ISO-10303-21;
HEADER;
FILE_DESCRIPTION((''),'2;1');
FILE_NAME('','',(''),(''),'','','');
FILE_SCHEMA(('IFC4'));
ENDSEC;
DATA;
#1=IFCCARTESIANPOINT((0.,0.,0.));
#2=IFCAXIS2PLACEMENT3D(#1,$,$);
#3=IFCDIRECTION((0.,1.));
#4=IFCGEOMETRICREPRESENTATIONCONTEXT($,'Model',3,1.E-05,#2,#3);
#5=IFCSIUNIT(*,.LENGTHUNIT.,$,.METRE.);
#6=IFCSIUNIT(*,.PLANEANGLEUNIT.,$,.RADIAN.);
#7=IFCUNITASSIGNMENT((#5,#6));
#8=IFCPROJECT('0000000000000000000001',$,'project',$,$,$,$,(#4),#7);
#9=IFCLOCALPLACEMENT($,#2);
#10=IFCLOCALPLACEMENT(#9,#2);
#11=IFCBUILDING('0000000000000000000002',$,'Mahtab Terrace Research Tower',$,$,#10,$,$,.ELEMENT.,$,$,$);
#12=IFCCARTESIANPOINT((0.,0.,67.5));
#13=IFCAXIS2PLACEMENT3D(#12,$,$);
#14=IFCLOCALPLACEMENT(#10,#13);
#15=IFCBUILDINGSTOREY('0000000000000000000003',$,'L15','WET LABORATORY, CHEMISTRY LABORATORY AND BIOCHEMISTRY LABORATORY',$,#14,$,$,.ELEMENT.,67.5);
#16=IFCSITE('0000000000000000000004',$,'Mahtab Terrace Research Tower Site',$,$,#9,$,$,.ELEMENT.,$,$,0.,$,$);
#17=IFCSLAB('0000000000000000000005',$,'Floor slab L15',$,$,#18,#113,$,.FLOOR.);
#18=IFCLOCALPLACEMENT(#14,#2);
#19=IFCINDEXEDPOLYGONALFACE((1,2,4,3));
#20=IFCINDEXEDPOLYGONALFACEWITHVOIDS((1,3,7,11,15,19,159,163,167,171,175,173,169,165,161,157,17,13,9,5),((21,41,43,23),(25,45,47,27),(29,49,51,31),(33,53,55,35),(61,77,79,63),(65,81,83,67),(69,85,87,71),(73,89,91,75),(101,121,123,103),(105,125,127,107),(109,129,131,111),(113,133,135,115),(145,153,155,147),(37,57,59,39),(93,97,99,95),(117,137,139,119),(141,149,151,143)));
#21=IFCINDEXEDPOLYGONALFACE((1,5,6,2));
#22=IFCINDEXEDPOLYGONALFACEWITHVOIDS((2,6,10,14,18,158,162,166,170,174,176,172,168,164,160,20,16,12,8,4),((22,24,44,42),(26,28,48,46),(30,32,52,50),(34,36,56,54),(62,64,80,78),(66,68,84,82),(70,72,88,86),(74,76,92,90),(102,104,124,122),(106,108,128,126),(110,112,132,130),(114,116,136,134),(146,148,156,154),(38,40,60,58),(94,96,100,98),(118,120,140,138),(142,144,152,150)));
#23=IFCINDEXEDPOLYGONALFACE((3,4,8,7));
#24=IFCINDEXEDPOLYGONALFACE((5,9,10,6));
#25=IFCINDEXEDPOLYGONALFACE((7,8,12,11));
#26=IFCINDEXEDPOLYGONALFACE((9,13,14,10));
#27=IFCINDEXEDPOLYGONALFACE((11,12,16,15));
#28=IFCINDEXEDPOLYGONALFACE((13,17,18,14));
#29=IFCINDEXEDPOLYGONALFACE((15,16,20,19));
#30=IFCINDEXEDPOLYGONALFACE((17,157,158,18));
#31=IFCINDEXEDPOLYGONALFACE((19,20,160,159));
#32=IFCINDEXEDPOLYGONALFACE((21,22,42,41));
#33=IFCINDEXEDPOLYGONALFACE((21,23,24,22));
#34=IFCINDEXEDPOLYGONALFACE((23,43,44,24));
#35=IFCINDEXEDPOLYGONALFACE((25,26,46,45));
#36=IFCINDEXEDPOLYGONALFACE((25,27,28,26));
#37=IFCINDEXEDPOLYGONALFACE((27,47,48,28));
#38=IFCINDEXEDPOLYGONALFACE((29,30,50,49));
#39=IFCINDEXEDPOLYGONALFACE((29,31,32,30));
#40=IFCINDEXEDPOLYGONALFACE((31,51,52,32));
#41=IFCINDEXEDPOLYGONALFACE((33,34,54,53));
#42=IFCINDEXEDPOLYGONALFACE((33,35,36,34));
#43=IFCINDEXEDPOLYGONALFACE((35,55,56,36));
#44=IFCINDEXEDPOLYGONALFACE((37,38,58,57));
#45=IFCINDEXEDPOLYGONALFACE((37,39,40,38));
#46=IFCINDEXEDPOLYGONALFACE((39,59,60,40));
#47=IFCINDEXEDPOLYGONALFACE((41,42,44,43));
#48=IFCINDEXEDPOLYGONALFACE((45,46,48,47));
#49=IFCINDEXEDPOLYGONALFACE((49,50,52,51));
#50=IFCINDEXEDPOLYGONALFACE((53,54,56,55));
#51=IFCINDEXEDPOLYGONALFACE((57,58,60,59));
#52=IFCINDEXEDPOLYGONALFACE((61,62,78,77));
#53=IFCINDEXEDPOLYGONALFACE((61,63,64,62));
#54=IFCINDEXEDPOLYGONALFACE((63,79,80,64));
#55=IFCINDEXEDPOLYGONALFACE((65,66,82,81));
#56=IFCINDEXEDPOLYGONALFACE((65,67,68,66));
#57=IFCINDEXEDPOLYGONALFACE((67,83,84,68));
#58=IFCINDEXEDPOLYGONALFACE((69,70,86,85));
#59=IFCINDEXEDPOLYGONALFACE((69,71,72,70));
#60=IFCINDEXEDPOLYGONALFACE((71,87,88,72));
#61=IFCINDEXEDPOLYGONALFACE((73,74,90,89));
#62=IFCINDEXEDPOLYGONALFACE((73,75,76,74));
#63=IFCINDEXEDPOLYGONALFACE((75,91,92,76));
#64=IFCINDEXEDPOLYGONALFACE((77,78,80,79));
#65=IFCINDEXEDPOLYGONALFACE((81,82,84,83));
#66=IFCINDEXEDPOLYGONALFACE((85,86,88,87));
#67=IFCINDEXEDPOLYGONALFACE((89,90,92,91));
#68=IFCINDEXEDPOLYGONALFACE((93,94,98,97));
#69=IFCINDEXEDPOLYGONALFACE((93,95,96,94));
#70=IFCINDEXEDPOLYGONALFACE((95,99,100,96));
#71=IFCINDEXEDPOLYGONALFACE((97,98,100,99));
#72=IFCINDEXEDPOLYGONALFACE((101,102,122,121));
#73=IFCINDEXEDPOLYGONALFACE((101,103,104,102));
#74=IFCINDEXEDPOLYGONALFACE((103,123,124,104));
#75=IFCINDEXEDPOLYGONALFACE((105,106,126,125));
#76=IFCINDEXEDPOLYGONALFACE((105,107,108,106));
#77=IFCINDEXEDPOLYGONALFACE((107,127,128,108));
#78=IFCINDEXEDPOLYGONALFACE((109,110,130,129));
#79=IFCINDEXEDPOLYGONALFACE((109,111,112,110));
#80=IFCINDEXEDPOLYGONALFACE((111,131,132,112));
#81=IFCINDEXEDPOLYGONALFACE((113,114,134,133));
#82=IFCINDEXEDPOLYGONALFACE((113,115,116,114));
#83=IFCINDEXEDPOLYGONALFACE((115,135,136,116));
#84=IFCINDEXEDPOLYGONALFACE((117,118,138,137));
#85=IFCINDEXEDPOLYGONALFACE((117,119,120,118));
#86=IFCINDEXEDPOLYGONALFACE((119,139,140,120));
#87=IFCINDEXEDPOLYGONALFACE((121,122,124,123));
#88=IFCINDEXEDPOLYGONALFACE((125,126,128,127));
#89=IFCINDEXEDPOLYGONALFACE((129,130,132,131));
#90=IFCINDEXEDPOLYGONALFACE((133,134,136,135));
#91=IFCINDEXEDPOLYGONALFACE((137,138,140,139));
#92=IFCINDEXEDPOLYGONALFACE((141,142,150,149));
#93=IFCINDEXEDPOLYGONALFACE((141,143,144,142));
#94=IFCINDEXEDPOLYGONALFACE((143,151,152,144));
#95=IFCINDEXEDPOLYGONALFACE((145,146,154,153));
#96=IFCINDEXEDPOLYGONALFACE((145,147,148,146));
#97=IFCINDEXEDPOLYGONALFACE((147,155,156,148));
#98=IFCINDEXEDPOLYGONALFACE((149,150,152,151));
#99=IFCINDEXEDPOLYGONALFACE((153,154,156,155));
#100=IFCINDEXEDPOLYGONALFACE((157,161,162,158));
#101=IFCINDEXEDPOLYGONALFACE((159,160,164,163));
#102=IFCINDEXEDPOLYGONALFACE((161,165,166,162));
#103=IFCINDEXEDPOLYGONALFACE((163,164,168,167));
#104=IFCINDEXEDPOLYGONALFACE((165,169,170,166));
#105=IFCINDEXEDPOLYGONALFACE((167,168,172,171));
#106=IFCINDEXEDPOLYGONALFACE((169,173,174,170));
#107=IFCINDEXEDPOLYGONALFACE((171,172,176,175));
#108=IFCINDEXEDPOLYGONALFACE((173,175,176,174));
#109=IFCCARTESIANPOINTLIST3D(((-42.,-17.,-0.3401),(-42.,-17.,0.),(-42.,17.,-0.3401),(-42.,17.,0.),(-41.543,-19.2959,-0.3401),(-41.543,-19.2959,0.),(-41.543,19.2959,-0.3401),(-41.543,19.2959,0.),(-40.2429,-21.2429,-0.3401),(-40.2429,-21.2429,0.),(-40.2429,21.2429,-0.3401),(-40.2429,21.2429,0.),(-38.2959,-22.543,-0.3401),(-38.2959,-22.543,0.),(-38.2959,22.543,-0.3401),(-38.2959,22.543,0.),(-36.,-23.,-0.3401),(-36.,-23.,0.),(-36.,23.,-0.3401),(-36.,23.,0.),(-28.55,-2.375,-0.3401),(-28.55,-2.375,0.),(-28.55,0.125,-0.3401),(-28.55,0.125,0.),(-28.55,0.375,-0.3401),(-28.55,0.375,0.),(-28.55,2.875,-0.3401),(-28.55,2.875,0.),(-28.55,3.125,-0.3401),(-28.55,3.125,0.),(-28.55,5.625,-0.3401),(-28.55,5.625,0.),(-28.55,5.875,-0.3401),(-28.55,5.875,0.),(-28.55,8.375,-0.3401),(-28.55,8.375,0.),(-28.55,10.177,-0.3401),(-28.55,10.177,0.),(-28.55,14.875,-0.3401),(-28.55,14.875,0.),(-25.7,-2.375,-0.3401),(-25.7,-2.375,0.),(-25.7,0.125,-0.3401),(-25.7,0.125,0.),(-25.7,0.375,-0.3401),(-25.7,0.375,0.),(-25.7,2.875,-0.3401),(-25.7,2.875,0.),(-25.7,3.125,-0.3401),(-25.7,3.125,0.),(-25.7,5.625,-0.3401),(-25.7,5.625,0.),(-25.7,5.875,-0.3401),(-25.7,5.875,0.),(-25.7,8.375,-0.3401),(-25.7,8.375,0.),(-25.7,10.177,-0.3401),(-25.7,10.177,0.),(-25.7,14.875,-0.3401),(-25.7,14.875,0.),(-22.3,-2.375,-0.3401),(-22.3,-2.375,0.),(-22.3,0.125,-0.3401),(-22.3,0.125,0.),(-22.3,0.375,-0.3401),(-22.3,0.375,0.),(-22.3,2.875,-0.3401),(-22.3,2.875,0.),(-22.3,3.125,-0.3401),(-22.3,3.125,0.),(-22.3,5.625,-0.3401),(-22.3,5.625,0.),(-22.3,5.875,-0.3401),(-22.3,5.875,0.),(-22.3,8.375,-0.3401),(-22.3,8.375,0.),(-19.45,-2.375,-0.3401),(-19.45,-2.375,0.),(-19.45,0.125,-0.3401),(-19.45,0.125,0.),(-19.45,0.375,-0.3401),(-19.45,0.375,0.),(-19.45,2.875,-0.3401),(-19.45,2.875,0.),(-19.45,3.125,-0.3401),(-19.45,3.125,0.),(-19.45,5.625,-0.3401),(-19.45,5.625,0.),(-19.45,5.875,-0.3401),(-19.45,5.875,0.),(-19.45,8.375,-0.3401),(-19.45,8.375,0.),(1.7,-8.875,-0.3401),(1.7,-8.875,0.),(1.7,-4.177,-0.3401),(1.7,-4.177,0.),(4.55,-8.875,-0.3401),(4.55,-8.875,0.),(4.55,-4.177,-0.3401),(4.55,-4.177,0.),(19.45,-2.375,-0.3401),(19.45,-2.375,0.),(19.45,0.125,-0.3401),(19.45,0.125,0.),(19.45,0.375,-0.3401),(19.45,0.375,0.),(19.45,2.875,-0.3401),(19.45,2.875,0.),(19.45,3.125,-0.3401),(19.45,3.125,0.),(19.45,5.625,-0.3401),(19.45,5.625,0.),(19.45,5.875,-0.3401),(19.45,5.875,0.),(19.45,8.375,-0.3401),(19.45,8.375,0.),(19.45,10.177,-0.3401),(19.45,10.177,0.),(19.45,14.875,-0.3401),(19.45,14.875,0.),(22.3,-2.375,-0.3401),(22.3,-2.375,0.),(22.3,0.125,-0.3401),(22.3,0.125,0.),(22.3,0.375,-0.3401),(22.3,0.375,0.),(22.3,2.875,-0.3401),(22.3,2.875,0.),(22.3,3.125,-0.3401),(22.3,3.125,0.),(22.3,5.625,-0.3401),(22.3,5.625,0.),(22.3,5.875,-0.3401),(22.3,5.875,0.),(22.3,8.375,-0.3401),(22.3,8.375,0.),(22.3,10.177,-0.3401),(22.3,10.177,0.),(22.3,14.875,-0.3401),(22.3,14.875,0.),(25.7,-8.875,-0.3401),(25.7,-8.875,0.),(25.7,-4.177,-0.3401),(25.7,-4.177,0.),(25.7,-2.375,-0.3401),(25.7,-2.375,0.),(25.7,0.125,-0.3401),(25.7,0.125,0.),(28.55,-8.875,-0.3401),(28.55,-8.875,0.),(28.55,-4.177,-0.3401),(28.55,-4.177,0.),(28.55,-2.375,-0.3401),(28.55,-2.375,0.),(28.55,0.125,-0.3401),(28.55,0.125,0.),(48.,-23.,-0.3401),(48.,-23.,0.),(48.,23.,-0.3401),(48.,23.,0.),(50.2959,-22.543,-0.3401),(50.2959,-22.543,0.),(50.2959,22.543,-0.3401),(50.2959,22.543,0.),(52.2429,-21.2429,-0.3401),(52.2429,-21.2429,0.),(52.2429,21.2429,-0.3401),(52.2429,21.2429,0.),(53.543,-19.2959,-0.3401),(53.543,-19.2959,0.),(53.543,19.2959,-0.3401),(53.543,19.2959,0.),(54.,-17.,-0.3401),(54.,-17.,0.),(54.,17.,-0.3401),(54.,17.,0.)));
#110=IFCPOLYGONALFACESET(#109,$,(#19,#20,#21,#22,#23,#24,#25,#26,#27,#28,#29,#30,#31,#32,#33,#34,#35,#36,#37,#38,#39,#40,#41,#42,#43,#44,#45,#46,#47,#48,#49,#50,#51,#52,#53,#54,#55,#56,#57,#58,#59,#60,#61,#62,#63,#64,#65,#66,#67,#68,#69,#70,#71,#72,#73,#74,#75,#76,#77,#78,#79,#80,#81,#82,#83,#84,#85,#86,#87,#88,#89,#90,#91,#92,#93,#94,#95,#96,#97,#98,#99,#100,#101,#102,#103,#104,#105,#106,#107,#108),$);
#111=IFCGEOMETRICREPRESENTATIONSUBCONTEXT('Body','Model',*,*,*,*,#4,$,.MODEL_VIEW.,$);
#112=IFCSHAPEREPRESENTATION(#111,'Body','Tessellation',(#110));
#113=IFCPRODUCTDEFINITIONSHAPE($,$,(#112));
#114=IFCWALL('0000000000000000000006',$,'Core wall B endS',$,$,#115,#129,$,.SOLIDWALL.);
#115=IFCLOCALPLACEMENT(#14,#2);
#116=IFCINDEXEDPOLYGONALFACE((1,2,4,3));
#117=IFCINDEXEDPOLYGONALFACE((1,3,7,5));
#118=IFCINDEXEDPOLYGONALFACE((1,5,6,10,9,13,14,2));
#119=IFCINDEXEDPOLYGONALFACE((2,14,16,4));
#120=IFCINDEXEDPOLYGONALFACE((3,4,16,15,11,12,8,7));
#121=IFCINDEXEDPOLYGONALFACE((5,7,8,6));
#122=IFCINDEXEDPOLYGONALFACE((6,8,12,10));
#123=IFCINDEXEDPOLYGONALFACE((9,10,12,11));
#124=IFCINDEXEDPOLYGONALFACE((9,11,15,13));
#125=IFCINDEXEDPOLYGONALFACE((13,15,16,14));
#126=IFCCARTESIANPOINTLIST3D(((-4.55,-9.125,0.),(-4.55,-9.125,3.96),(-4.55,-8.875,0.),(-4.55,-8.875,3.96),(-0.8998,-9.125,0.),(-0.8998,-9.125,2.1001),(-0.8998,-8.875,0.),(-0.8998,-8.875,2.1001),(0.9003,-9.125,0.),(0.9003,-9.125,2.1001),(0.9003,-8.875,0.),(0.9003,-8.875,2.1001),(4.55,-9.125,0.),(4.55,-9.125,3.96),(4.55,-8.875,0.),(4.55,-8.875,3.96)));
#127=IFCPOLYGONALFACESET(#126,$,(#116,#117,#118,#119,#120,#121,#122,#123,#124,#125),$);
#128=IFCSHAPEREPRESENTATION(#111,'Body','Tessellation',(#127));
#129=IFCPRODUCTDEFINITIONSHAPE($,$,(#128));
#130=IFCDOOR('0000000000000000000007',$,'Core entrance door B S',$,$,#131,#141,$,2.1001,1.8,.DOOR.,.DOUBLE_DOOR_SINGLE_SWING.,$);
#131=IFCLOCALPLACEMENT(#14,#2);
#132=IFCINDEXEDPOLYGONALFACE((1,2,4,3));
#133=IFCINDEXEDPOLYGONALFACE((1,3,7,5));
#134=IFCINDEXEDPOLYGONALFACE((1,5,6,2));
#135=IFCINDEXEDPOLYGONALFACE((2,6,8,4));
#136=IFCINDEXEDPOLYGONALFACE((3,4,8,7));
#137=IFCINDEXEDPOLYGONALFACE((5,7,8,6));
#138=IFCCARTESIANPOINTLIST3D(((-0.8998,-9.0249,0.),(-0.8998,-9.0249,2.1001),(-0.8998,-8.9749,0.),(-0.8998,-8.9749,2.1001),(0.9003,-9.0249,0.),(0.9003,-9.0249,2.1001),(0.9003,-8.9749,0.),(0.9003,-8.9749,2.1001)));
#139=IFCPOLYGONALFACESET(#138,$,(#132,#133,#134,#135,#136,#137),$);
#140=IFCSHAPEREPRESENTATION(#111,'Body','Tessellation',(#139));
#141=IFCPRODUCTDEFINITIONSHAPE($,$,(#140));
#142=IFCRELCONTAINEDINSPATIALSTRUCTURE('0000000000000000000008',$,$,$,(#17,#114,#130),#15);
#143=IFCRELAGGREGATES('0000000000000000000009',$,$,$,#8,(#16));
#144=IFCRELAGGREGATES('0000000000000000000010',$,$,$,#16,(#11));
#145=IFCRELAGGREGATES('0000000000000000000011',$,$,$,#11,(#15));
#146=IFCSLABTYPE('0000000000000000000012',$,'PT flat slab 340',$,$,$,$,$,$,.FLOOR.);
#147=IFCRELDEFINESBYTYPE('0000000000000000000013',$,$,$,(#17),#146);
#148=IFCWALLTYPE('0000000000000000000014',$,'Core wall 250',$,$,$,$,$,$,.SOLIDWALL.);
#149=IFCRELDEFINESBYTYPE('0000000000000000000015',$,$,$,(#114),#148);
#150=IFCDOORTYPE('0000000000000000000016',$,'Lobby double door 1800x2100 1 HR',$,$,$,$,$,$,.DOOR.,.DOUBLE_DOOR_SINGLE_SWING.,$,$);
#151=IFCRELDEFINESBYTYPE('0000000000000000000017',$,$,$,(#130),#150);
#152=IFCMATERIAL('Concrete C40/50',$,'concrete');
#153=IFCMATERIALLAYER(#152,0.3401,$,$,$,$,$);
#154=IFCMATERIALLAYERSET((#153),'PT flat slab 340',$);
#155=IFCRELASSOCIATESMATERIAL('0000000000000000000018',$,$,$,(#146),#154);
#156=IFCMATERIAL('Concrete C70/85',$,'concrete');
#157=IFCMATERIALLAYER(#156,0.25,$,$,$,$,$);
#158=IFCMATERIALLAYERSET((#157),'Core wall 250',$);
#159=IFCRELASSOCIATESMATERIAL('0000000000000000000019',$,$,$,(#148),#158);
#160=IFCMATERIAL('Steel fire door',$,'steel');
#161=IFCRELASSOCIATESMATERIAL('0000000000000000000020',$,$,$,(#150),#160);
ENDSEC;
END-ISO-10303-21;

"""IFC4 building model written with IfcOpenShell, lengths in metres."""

from ifc_helpers import new_model, si_unit, direction, frame, frame_2d, origin, place, context, subcontext, project, spatial, polyline, rectangle, outline, extrude, material, layer, layer_set, type_object, element, fill, save


model = new_model("IFC4")

# Units and contexts
model_context = context("Model", 3, precision=1e-05, world=origin(), true_north=direction((0.0, 1.0)))
body_context = subcontext(model_context, "Body", "Model", "MODEL_VIEW")
ifc_project = project(units=[si_unit("LENGTHUNIT", "METRE"), si_unit("PLANEANGLEUNIT", "RADIAN")], contexts=[model_context])

# Site, building, storey
site_placement = place(None, origin())
site = spatial("IfcSite", under=ifc_project, at=site_placement, Name="Mahtab Terrace Research Tower Site", CompositionType="ELEMENT", RefElevation=0.0)
building_placement = place(site_placement, origin())
building = spatial("IfcBuilding", under=site, at=building_placement, Name="Mahtab Terrace Research Tower", CompositionType="ELEMENT")
storey_placement = place(building_placement, frame((0.0, 0.0, 67.5)))
storey = spatial("IfcBuildingStorey", under=building, at=storey_placement, Name="L15", Description="WET LABORATORY, CHEMISTRY LABORATORY AND BIOCHEMISTRY LABORATORY", CompositionType="ELEMENT", Elevation=67.5)

# Slab
ifc_material_1 = material(Name="Concrete C40/50", Category="concrete")
ifc_layer_1 = layer(ifc_material_1, 0.3401)
ifc_layer_set_1 = layer_set([ifc_layer_1], Name="PT flat slab 340")
slab_type = type_object("IfcSlabType", Name="PT flat slab 340", PredefinedType="FLOOR", material=ifc_layer_set_1)
slab_placement = place(storey_placement, frame((0.0, 0.0, -0.3401)))
element("IfcSlab", 1, at=slab_placement, inside=storey, type_object=slab_type, Name="Floor slab L15", PredefinedType="FLOOR", context=body_context, shape_type="SweptSolid", body=[
    extrude(outline(polyline([(53.543, 19.2959), (52.2429, 21.2429), (50.2959, 22.543), (48.0, 23.0), (-36.0, 23.0), (-38.2959, 22.543), (-40.2429, 21.2429), (-41.543, 19.2959), (-42.0, 17.0), (-42.0, -17.0), (-41.543, -19.2959), (-40.2429, -21.2429), (-38.2959, -22.543), (-36.0, -23.0), (48.0, -23.0), (50.2959, -22.543), (52.2429, -21.2429), (53.543, -19.2959), (54.0, -17.0), (54.0, 17.0), (53.543, 19.2959)]), holes=[polyline([(-28.55, -2.375), (-28.55, 0.125), (-25.7, 0.125), (-25.7, -2.375), (-28.55, -2.375)]), polyline([(-22.3, -2.375), (-22.3, 0.125), (-19.45, 0.125), (-19.45, -2.375), (-22.3, -2.375)]), polyline([(-28.55, 0.375), (-28.55, 2.875), (-25.7, 2.875), (-25.7, 0.375), (-28.55, 0.375)]), polyline([(-22.3, 0.375), (-22.3, 2.875), (-19.45, 2.875), (-19.45, 0.375), (-22.3, 0.375)]), polyline([(-28.55, 3.125), (-28.55, 5.625), (-25.7, 5.625), (-25.7, 3.125), (-28.55, 3.125)]), polyline([(-22.3, 3.125), (-22.3, 5.625), (-19.45, 5.625), (-19.45, 3.125), (-22.3, 3.125)]), polyline([(-28.55, 5.875), (-28.55, 8.375), (-25.7, 8.375), (-25.7, 5.875), (-28.55, 5.875)]), polyline([(-22.3, 5.875), (-22.3, 8.375), (-19.45, 8.375), (-19.45, 5.875), (-22.3, 5.875)]), polyline([(-28.55, 10.177), (-28.55, 14.875), (-25.7, 14.875), (-25.7, 10.177), (-28.55, 10.177)]), polyline([(1.7, -8.875), (1.7, -4.177), (4.55, -4.177), (4.55, -8.875), (1.7, -8.875)]), polyline([(25.7, -8.875), (25.7, -4.177), (28.55, -4.177), (28.55, -8.875), (25.7, -8.875)]), polyline([(19.45, -2.375), (19.45, 0.125), (22.3, 0.125), (22.3, -2.375), (19.45, -2.375)]), polyline([(25.7, -2.375), (25.7, 0.125), (28.55, 0.125), (28.55, -2.375), (25.7, -2.375)]), polyline([(19.45, 0.375), (19.45, 2.875), (22.3, 2.875), (22.3, 0.375), (19.45, 0.375)]), polyline([(19.45, 3.125), (19.45, 5.625), (22.3, 5.625), (22.3, 3.125), (19.45, 3.125)]), polyline([(19.45, 8.375), (22.3, 8.375), (22.3, 5.875), (19.45, 5.875), (19.45, 8.375)]), polyline([(19.45, 14.875), (22.3, 14.875), (22.3, 10.177), (19.45, 10.177), (19.45, 14.875)])]), origin(), (0.0, 0.0, 1.0), 0.3401),
])

# Wall, opening, door
ifc_material_2 = material(Name="Concrete C70/85", Category="concrete")
ifc_layer_2 = layer(ifc_material_2, 0.25)
ifc_layer_set_2 = layer_set([ifc_layer_2], Name="Core wall 250")
wall_type = type_object("IfcWallType", Name="Core wall 250", PredefinedType="SOLIDWALL", material=ifc_layer_set_2)
wall_1_placement = place(storey_placement, frame((4.55, -9.0, 0.0), z_axis=(0.0, 0.0, 1.0), x_axis=(-1.0, 0.0, 0.0)))
wall_1 = element("IfcWall", 2, at=wall_1_placement, inside=storey, type_object=wall_type, Name="Core wall B endS", PredefinedType="SOLIDWALL", context=body_context, shape_type="SweptSolid", body=[
    extrude(rectangle(XDim=9.1001, YDim=0.25, at=frame_2d((4.55, 0.0))), origin(), (0.0, 0.0, 1.0), 3.96),
])
opening_1_placement = place(wall_1_placement, frame((3.6499, 0.0, 0.0)))
opening_1 = element("IfcOpeningElement", 3, at=opening_1_placement, cuts=wall_1, PredefinedType="OPENING", context=body_context, shape_type="SweptSolid", body=[
    extrude(rectangle(XDim=1.8, YDim=2.1001, at=frame_2d((0.8999, 1.05))), frame((0.0, 0.135, 0.0), z_axis=(0.0, -1.0, 0.0), x_axis=(1.0, 0.0, 0.0)), (0.0, 0.0, 1.0), 0.27),
])
ifc_material_3 = material(Name="Steel fire door", Category="steel")
door_type_1 = type_object("IfcDoorType", Name="Lobby double door 1800x2100 1 HR", OperationType="DOUBLE_DOOR_SINGLE_SWING", PredefinedType="DOOR", material=ifc_material_3)
door_1_placement = place(opening_1_placement, origin())
door_1 = element("IfcDoor", 4, at=door_1_placement, inside=storey, type_object=door_type_1, Name="Core entrance door B S", OperationType="DOUBLE_DOOR_SINGLE_SWING", OverallHeight=2.1001, OverallWidth=1.8, PredefinedType="DOOR", context=body_context, shape_type="SweptSolid", body=[
    extrude(rectangle(XDim=1.8, YDim=2.1001, at=frame_2d((0.8999, 1.05))), frame((0.0, 0.0249, 0.0), z_axis=(0.0, -1.0, 0.0), x_axis=(1.0, 0.0, 0.0)), (0.0, 0.0, 1.0), 0.05),
])
fill(opening_1, door_1)

save(model, "model.ifc")
